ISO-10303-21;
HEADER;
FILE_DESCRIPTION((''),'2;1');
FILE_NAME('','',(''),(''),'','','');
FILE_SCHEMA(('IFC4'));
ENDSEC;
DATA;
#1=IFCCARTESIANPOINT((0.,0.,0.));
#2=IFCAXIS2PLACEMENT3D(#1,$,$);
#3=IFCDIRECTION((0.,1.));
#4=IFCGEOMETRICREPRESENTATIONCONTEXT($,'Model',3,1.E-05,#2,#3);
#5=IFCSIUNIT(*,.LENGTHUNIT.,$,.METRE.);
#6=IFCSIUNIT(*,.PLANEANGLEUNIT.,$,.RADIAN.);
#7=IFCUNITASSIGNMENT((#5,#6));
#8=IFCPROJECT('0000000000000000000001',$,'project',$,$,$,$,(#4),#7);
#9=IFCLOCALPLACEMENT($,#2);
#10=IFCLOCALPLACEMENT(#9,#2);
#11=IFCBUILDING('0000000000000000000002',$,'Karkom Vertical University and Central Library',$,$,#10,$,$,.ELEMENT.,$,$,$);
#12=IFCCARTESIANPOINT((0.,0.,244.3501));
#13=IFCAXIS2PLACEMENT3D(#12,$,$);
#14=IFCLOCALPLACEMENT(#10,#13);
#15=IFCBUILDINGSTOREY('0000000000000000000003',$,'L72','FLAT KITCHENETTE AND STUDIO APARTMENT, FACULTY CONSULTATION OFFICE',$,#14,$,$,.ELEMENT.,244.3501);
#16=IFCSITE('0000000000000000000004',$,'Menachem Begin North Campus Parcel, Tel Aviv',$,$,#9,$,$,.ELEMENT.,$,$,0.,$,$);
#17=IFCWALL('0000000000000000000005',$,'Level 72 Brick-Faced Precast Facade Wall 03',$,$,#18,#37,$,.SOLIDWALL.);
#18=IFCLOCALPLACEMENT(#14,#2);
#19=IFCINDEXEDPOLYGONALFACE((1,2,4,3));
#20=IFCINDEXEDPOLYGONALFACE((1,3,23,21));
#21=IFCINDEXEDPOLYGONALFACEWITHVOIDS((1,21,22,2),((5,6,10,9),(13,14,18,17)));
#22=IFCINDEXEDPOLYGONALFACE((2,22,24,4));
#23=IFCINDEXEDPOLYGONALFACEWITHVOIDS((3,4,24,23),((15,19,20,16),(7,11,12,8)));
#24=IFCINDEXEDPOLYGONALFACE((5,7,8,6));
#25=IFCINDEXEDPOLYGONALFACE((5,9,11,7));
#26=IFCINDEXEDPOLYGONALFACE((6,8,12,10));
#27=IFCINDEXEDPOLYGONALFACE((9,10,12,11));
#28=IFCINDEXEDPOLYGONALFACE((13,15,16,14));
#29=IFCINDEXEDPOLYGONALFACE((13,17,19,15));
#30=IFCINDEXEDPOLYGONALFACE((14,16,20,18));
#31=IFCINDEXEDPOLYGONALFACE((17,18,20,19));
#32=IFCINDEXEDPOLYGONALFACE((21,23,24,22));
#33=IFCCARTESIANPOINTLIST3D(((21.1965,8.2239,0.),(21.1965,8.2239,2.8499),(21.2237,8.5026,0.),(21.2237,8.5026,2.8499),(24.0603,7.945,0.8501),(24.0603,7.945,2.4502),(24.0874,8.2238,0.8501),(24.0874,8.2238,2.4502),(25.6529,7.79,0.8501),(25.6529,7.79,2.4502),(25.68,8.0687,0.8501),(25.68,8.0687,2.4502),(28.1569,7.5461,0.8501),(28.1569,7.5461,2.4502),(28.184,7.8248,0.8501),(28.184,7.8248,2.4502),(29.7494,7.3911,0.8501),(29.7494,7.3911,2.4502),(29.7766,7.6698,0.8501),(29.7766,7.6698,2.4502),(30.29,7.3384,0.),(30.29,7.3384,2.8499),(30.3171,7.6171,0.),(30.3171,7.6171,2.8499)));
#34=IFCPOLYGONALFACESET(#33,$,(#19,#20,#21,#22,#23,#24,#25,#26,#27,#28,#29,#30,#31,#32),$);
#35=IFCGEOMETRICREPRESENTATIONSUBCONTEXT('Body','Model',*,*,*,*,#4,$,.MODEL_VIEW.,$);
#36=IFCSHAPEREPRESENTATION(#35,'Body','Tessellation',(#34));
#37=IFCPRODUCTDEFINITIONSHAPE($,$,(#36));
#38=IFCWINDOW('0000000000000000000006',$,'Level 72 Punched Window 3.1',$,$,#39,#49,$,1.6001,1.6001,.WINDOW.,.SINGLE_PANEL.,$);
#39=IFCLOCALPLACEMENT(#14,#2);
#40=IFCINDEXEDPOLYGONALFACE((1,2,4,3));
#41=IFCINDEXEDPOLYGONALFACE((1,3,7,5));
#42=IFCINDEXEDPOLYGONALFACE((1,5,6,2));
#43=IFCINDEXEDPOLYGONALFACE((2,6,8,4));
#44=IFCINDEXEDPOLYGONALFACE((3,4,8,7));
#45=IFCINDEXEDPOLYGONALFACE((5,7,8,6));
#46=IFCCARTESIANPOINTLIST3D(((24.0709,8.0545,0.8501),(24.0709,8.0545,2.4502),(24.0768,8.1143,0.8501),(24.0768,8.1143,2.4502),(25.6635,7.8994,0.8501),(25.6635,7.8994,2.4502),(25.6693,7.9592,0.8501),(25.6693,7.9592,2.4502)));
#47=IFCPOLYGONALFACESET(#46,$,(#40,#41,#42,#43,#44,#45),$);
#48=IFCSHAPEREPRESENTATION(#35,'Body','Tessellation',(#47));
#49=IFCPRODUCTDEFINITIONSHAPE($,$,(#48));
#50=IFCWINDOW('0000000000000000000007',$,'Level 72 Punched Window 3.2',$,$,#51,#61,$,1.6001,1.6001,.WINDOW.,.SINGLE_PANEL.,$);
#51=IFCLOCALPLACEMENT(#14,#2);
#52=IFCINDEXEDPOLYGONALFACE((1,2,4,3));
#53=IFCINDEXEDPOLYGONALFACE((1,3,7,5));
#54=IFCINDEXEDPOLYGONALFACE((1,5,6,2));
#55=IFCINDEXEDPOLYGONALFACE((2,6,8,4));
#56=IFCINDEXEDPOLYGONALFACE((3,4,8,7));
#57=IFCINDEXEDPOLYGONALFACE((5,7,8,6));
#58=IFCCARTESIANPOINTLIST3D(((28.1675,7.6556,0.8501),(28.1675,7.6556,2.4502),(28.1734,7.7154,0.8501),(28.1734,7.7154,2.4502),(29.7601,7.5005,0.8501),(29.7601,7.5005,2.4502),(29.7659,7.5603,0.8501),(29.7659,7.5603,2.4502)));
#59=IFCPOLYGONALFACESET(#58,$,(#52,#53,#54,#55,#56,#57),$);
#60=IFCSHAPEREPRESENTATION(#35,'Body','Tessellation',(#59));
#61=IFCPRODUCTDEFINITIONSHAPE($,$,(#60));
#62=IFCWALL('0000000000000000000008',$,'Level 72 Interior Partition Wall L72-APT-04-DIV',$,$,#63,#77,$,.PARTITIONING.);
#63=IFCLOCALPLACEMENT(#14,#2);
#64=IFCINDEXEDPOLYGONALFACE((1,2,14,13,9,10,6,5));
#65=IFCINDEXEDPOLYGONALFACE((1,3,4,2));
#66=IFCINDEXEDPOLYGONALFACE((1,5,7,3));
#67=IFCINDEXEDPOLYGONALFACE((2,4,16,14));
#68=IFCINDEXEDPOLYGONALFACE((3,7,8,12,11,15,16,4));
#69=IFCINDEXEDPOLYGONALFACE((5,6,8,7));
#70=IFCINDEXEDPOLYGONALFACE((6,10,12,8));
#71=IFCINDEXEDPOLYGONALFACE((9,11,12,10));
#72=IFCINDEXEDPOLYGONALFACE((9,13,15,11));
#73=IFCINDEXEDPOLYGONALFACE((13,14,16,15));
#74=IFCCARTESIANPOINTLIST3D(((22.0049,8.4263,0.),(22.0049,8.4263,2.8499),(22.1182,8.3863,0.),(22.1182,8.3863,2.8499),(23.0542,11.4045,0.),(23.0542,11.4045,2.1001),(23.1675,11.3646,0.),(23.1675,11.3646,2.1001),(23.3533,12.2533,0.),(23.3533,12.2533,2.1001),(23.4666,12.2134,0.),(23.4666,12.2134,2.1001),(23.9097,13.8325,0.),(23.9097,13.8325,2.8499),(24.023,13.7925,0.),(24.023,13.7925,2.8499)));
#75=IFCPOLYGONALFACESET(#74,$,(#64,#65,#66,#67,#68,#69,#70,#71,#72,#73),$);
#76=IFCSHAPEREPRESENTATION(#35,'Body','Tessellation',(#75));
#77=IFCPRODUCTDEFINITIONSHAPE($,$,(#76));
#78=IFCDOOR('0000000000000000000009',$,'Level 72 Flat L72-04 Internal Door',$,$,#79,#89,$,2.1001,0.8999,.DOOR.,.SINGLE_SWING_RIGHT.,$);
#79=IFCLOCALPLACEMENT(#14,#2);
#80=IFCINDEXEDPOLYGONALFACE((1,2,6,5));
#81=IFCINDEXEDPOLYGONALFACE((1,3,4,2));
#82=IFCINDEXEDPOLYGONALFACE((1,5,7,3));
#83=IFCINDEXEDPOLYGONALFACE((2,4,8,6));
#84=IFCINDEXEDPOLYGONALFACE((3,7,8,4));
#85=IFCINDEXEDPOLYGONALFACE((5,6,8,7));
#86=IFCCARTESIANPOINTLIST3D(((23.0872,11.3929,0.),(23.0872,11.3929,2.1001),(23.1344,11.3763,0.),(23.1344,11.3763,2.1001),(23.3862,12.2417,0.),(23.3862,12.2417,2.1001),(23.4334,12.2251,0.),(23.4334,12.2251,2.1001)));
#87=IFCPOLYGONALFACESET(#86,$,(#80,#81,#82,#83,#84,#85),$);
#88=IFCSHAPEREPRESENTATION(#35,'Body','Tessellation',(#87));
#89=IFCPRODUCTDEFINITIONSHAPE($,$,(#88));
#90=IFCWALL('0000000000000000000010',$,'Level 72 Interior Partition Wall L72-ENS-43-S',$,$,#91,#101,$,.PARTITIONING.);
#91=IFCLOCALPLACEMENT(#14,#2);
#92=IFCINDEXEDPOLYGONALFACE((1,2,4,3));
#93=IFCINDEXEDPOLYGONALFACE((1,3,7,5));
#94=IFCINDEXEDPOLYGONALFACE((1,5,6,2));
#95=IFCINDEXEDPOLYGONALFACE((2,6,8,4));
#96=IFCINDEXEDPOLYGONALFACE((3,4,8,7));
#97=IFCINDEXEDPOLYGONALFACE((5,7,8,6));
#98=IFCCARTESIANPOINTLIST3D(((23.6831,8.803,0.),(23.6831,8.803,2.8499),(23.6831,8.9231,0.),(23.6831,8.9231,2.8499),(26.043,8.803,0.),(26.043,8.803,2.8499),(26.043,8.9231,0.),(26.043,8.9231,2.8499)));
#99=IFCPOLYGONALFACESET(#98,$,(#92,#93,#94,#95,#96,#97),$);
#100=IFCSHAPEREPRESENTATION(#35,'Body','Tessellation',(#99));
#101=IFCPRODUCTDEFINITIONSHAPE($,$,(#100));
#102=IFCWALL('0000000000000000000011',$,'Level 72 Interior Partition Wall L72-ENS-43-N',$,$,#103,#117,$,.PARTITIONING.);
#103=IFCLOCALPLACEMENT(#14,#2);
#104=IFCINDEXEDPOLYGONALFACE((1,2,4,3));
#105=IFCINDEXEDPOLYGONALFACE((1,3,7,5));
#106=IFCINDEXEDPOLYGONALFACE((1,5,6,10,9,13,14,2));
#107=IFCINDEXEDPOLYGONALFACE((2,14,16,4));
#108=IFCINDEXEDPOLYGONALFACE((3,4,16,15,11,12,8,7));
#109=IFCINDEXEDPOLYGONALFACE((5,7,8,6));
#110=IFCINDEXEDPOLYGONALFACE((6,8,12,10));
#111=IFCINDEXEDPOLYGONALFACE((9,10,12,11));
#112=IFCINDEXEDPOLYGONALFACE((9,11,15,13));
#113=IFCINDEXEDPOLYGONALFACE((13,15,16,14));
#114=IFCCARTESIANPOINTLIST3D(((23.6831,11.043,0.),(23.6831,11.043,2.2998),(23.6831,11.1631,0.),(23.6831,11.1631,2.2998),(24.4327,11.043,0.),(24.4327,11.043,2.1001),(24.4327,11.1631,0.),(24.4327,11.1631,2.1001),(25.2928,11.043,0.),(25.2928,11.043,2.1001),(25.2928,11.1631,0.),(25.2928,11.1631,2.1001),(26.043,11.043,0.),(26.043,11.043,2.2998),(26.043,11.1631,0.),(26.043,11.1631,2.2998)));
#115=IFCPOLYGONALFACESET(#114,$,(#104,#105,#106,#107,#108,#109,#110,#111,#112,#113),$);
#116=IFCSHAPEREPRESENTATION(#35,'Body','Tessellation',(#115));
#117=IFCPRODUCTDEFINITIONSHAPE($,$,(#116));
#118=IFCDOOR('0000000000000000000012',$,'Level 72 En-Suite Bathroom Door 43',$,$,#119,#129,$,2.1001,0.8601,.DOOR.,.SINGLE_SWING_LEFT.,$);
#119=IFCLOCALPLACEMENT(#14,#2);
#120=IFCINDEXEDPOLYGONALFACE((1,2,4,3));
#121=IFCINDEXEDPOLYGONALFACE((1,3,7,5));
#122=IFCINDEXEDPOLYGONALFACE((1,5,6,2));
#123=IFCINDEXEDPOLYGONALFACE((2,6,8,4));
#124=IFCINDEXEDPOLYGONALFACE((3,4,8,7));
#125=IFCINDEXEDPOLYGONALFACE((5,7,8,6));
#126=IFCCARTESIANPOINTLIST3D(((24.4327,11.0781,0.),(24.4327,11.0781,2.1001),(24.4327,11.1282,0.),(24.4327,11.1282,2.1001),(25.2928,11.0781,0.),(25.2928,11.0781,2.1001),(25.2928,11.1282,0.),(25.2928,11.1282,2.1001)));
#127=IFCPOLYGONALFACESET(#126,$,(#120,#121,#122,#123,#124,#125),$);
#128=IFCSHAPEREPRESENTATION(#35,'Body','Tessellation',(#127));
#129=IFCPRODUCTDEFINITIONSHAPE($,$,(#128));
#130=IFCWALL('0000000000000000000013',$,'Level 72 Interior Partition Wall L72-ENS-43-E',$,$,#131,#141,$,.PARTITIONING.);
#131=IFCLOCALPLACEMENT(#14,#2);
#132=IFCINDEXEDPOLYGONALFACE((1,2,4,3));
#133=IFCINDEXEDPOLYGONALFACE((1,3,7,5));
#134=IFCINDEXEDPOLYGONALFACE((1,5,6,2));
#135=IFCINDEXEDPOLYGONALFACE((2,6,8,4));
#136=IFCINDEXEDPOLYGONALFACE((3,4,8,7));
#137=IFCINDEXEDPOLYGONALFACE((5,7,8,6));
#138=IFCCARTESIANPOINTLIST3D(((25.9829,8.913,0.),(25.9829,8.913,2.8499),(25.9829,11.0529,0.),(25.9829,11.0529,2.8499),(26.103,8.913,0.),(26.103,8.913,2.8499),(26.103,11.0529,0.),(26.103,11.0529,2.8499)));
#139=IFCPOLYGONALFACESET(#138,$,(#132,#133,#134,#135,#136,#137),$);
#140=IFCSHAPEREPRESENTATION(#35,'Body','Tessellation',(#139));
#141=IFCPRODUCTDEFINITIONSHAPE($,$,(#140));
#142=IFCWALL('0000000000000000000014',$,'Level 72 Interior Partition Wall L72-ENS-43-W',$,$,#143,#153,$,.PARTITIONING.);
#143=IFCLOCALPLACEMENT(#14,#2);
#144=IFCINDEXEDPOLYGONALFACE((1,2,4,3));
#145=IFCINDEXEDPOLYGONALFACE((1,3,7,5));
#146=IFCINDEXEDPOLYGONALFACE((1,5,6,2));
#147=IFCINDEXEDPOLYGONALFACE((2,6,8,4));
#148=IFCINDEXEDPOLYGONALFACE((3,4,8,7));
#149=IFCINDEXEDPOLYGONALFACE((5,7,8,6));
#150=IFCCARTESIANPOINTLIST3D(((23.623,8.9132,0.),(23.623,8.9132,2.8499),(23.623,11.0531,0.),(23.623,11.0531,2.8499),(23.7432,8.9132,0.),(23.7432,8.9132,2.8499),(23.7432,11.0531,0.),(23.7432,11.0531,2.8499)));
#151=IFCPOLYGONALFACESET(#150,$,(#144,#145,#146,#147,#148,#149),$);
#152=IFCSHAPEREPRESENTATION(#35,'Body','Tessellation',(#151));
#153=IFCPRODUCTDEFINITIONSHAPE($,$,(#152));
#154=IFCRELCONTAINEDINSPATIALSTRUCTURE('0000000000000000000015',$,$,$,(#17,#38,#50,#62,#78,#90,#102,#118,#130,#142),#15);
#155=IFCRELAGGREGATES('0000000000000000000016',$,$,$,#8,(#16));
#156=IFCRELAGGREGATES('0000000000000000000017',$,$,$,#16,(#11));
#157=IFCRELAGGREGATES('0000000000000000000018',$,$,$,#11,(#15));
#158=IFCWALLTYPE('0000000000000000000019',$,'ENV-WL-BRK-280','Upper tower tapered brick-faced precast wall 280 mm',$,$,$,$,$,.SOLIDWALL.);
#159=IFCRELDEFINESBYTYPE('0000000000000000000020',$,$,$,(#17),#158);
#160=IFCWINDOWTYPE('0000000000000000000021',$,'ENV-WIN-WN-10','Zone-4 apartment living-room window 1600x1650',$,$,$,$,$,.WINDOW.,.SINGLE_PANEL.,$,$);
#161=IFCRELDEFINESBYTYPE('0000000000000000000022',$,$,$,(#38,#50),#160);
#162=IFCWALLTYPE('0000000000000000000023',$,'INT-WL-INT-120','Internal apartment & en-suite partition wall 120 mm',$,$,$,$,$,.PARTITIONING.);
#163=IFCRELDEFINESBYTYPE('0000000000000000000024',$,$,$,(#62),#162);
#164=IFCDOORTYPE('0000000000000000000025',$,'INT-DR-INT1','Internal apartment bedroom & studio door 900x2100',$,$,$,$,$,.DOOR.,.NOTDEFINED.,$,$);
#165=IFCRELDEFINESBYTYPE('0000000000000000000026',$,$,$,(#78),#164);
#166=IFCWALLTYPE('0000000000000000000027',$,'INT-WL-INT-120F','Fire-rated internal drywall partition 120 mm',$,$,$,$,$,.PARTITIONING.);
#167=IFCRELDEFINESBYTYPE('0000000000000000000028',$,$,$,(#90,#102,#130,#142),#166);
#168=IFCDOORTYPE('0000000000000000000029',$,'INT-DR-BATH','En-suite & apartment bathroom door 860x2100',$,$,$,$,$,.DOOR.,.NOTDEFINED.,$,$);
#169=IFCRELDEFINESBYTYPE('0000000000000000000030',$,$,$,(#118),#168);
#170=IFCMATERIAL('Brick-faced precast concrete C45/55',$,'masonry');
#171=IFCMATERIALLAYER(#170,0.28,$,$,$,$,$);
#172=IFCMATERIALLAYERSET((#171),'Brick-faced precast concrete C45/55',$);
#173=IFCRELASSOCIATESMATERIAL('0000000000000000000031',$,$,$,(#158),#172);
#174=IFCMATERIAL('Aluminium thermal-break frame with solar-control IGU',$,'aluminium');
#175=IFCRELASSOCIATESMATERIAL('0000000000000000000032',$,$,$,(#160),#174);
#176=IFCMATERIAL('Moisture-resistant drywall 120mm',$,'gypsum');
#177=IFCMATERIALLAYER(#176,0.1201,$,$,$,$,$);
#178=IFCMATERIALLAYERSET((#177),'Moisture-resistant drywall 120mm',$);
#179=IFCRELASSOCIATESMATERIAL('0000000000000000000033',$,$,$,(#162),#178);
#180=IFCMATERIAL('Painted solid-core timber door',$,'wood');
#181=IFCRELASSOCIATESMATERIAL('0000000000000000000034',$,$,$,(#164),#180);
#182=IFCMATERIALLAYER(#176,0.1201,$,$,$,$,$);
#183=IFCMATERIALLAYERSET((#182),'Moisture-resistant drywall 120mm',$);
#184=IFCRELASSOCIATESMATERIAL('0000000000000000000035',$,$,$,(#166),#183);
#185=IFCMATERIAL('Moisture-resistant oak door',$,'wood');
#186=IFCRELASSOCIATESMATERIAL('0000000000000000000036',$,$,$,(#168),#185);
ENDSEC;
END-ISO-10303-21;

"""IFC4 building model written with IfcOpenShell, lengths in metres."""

from ifc_helpers import new_model, si_unit, direction, frame, frame_2d, origin, origin_with_axes, place, context, subcontext, project, spatial, rectangle, extrude, source, transform, mapped, material, layer, layer_set, type_object, element, fill, save


model = new_model("IFC4")

# Units and contexts
model_context = context("Model", 3, precision=1e-05, world=origin(), true_north=direction((0.0, 1.0)))
body_context = subcontext(model_context, "Body", "Model", "MODEL_VIEW")
ifc_project = project(units=[si_unit("LENGTHUNIT", "METRE"), si_unit("PLANEANGLEUNIT", "RADIAN")], contexts=[model_context])

# Site, building, storey
site_placement = place(None, origin())
site = spatial("IfcSite", under=ifc_project, at=site_placement, Name="Menachem Begin North Campus Parcel, Tel Aviv", CompositionType="ELEMENT", RefElevation=0.0)
building_placement = place(site_placement, origin())
building = spatial("IfcBuilding", under=site, at=building_placement, Name="Karkom Vertical University and Central Library", CompositionType="ELEMENT")
storey_placement = place(building_placement, frame((0.0, 0.0, 244.3501)))
storey = spatial("IfcBuildingStorey", under=building, at=storey_placement, Name="L72", Description="FLAT KITCHENETTE AND STUDIO APARTMENT, FACULTY CONSULTATION OFFICE", CompositionType="ELEMENT", Elevation=244.3501)

# Wall, openings, windows
ifc_material_1 = material(Name="Brick-faced precast concrete C45/55", Category="masonry")
ifc_layer_1 = layer(ifc_material_1, 0.28)
ifc_layer_set_1 = layer_set([ifc_layer_1], Name="Brick-faced precast concrete C45/55")
wall_type_1 = type_object("IfcWallType", Name="ENV-WL-BRK-280", Description="Upper tower tapered brick-faced precast wall 280 mm", PredefinedType="SOLIDWALL", material=ifc_layer_set_1)
wall_1_placement = place(storey_placement, frame((21.21, 8.3633, 0.0), z_axis=(0.0, 0.0, 1.0), x_axis=(0.995292, -0.096919, 0.0)))
wall_1 = element("IfcWall", 1, at=wall_1_placement, inside=storey, type_object=wall_type_1, Name="Level 72 Brick-Faced Precast Facade Wall 03", PredefinedType="SOLIDWALL", context=body_context, shape_type="SweptSolid", body=[
    extrude(rectangle(XDim=9.1365, YDim=0.28, at=frame_2d((4.5684, 0.0))), origin(), (0.0, 0.0, 1.0), 2.8499),
])
opening_1_placement = place(wall_1_placement, frame((2.8774, 0.0, 0.8501)))
opening_1 = element("IfcOpeningElement", 2, at=opening_1_placement, cuts=wall_1, PredefinedType="OPENING", context=body_context, shape_type="SweptSolid", body=[
    extrude(rectangle(XDim=1.6001, YDim=1.6001, at=frame_2d((0.8, 0.8))), frame((0.0, 0.1499, 0.0), z_axis=(0.0, -1.0, 0.0), x_axis=(1.0, 0.0, 0.0)), (0.0, 0.0, 1.0), 0.3),
])
opening_2_placement = place(wall_1_placement, frame((6.9934, 0.0, 0.8501)))
opening_2 = element("IfcOpeningElement", 3, at=opening_2_placement, cuts=wall_1, PredefinedType="OPENING", context=body_context, shape_type="SweptSolid", body=[
    extrude(rectangle(XDim=1.6001, YDim=1.6001, at=frame_2d((0.8, 0.8))), frame((0.0, 0.1499, 0.0), z_axis=(0.0, -1.0, 0.0), x_axis=(1.0, 0.0, 0.0)), (0.0, 0.0, 1.0), 0.3),
])
ifc_material_2 = material(Name="Aluminium thermal-break frame with solar-control IGU", Category="aluminium")
window_type = type_object("IfcWindowType", Name="ENV-WIN-WN-10", Description="Zone-4 apartment living-room window 1600x1650", PartitioningType="SINGLE_PANEL", PredefinedType="WINDOW", material=ifc_material_2)
shared_shape_1 = source(origin_with_axes(), body_context, "Body", "SweptSolid", [
    extrude(rectangle(XDim=1.6001, YDim=1.6001, at=frame_2d((0.8, 0.8))), frame((0.0, 0.03, 0.0), z_axis=(0.0, -1.0, 0.0), x_axis=(1.0, 0.0, 0.0)), (0.0, 0.0, 1.0), 0.0601),
])
window_1_placement = place(opening_1_placement, origin())
window_1 = element("IfcWindow", 4, at=window_1_placement, inside=storey, type_object=window_type, Name="Level 72 Punched Window 3.1", OverallHeight=1.6001, OverallWidth=1.6001, PartitioningType="SINGLE_PANEL", PredefinedType="WINDOW", context=body_context, shape_type="MappedRepresentation", body=[
    mapped(shared_shape_1, transform((0.0, 0.0, 0.0), scale=1.0)),
])
fill(opening_1, window_1)
window_2_placement = place(opening_2_placement, origin())
window_2 = element("IfcWindow", 5, at=window_2_placement, inside=storey, type_object=window_type, Name="Level 72 Punched Window 3.2", OverallHeight=1.6001, OverallWidth=1.6001, PartitioningType="SINGLE_PANEL", PredefinedType="WINDOW", context=body_context, shape_type="MappedRepresentation", body=[
    mapped(shared_shape_1, transform((0.0, 0.0, 0.0), scale=1.0)),
])
fill(opening_2, window_2)

# Wall, opening, door
ifc_material_3 = material(Name="Moisture-resistant drywall 120mm", Category="gypsum")
ifc_layer_2 = layer(ifc_material_3, 0.1201)
ifc_layer_set_2 = layer_set([ifc_layer_2], Name="Moisture-resistant drywall 120mm")
wall_type_2 = type_object("IfcWallType", Name="INT-WL-INT-120", Description="Internal apartment & en-suite partition wall 120 mm", PredefinedType="PARTITIONING", material=ifc_layer_set_2)
wall_2_placement = place(storey_placement, frame((23.9663, 13.8125, 0.0), z_axis=(0.0, 0.0, 1.0), x_axis=(-0.332308, -0.943171, 0.0)))
wall_2 = element("IfcWall", 6, at=wall_2_placement, inside=storey, type_object=wall_type_2, Name="Level 72 Interior Partition Wall L72-APT-04-DIV", PredefinedType="PARTITIONING", context=body_context, shape_type="SweptSolid", body=[
    extrude(rectangle(XDim=5.7319, YDim=0.1201, at=frame_2d((2.866, 0.0))), origin(), (0.0, 0.0, 1.0), 2.8499),
])
opening_3_placement = place(wall_2_placement, frame((1.6743, 0.0, 0.0)))
opening_3 = element("IfcOpeningElement", 7, at=opening_3_placement, cuts=wall_2, PredefinedType="OPENING", context=body_context, shape_type="SweptSolid", body=[
    extrude(rectangle(XDim=0.8999, YDim=2.1001, at=frame_2d((0.45, 1.05))), frame((0.0, 0.0701, 0.0), z_axis=(0.0, -1.0, 0.0), x_axis=(1.0, 0.0, 0.0)), (0.0, 0.0, 1.0), 0.1401),
])
ifc_material_4 = material(Name="Painted solid-core timber door", Category="wood")
door_type_1 = type_object("IfcDoorType", Name="INT-DR-INT1", Description="Internal apartment bedroom & studio door 900x2100", OperationType="NOTDEFINED", PredefinedType="DOOR", material=ifc_material_4)
shared_shape_2 = source(origin_with_axes(), body_context, "Body", "SweptSolid", [
    extrude(rectangle(XDim=0.8999, YDim=2.1001, at=frame_2d((0.45, 1.05))), frame((0.0, 0.0249, 0.0), z_axis=(0.0, -1.0, 0.0), x_axis=(1.0, 0.0, 0.0)), (0.0, 0.0, 1.0), 0.05),
])
door_1_placement = place(opening_3_placement, origin())
door_1 = element("IfcDoor", 8, at=door_1_placement, inside=storey, type_object=door_type_1, Name="Level 72 Flat L72-04 Internal Door", OperationType="SINGLE_SWING_RIGHT", OverallHeight=2.1001, OverallWidth=0.8999, PredefinedType="DOOR", context=body_context, shape_type="MappedRepresentation", body=[
    mapped(shared_shape_2, transform((0.0, 0.0, 0.0), scale=1.0)),
])
fill(opening_3, door_1)

# Wall
ifc_layer_3 = layer(ifc_material_3, 0.1201)
ifc_layer_set_3 = layer_set([ifc_layer_3], Name="Moisture-resistant drywall 120mm")
wall_type_3 = type_object("IfcWallType", Name="INT-WL-INT-120F", Description="Fire-rated internal drywall partition 120 mm", PredefinedType="PARTITIONING", material=ifc_layer_set_3)
wall_3_placement = place(storey_placement, frame((23.6831, 8.863, 0.0), z_axis=(0.0, 0.0, 1.0), x_axis=(1.0, 0.0, 0.0)))
element("IfcWall", 9, at=wall_3_placement, inside=storey, type_object=wall_type_3, Name="Level 72 Interior Partition Wall L72-ENS-43-S", PredefinedType="PARTITIONING", context=body_context, shape_type="SweptSolid", body=[
    extrude(rectangle(XDim=2.3599, YDim=0.1201, at=frame_2d((1.1799, 0.0))), origin(), (0.0, 0.0, 1.0), 2.8499),
])

# Wall, opening, door
wall_4_placement = place(storey_placement, frame((26.043, 11.103, 0.0), z_axis=(0.0, 0.0, 1.0), x_axis=(-1.0, 0.0, 0.0)))
wall_4 = element("IfcWall", 10, at=wall_4_placement, inside=storey, type_object=wall_type_3, Name="Level 72 Interior Partition Wall L72-ENS-43-N", PredefinedType="PARTITIONING", context=body_context, shape_type="SweptSolid", body=[
    extrude(rectangle(XDim=2.3599, YDim=0.1201, at=frame_2d((1.1799, 0.0))), origin(), (0.0, 0.0, 1.0), 2.2998),
])
opening_4_placement = place(wall_4_placement, frame((0.75, 0.0, 0.0)))
opening_4 = element("IfcOpeningElement", 11, at=opening_4_placement, cuts=wall_4, PredefinedType="OPENING", context=body_context, shape_type="SweptSolid", body=[
    extrude(rectangle(XDim=0.8601, YDim=2.1001, at=frame_2d((0.4302, 1.05))), frame((0.0, 0.0701, 0.0), z_axis=(0.0, -1.0, 0.0), x_axis=(1.0, 0.0, 0.0)), (0.0, 0.0, 1.0), 0.1401),
])
ifc_material_5 = material(Name="Moisture-resistant oak door", Category="wood")
door_type_2 = type_object("IfcDoorType", Name="INT-DR-BATH", Description="En-suite & apartment bathroom door 860x2100", OperationType="NOTDEFINED", PredefinedType="DOOR", material=ifc_material_5)
shared_shape_3 = source(origin_with_axes(), body_context, "Body", "SweptSolid", [
    extrude(rectangle(XDim=0.8601, YDim=2.1001, at=frame_2d((0.4302, 1.05))), frame((0.0, 0.0249, 0.0), z_axis=(0.0, -1.0, 0.0), x_axis=(1.0, 0.0, 0.0)), (0.0, 0.0, 1.0), 0.05),
])
door_2_placement = place(opening_4_placement, origin())
door_2 = element("IfcDoor", 12, at=door_2_placement, inside=storey, type_object=door_type_2, Name="Level 72 En-Suite Bathroom Door 43", OperationType="SINGLE_SWING_LEFT", OverallHeight=2.1001, OverallWidth=0.8601, PredefinedType="DOOR", context=body_context, shape_type="MappedRepresentation", body=[
    mapped(shared_shape_3, transform((0.0, 0.0, 0.0), scale=1.0)),
])
fill(opening_4, door_2)

# Walls
for number, where, z_axis, x_axis, name in (
    (13, (26.043, 8.9131, 0.0), (0.0, 0.0, 1.0), (0.0, 1.0, 0.0), "Level 72 Interior Partition Wall L72-ENS-43-E"),
    (14, (23.6831, 11.053, 0.0), (0.0, 0.0, 1.0), (0.0, -1.0, 0.0), "Level 72 Interior Partition Wall L72-ENS-43-W"),
):
    element("IfcWall", number, at=place(storey_placement, frame(where, z_axis=z_axis, x_axis=x_axis)), inside=storey, type_object=wall_type_3, Name=name, PredefinedType="PARTITIONING", context=body_context, shape_type="SweptSolid", body=[
        extrude(rectangle(XDim=2.1399, YDim=0.1201, at=frame_2d((1.0698, 0.0))), origin(), (0.0, 0.0, 1.0), 2.8499),
    ])

save(model, "model.ifc")
